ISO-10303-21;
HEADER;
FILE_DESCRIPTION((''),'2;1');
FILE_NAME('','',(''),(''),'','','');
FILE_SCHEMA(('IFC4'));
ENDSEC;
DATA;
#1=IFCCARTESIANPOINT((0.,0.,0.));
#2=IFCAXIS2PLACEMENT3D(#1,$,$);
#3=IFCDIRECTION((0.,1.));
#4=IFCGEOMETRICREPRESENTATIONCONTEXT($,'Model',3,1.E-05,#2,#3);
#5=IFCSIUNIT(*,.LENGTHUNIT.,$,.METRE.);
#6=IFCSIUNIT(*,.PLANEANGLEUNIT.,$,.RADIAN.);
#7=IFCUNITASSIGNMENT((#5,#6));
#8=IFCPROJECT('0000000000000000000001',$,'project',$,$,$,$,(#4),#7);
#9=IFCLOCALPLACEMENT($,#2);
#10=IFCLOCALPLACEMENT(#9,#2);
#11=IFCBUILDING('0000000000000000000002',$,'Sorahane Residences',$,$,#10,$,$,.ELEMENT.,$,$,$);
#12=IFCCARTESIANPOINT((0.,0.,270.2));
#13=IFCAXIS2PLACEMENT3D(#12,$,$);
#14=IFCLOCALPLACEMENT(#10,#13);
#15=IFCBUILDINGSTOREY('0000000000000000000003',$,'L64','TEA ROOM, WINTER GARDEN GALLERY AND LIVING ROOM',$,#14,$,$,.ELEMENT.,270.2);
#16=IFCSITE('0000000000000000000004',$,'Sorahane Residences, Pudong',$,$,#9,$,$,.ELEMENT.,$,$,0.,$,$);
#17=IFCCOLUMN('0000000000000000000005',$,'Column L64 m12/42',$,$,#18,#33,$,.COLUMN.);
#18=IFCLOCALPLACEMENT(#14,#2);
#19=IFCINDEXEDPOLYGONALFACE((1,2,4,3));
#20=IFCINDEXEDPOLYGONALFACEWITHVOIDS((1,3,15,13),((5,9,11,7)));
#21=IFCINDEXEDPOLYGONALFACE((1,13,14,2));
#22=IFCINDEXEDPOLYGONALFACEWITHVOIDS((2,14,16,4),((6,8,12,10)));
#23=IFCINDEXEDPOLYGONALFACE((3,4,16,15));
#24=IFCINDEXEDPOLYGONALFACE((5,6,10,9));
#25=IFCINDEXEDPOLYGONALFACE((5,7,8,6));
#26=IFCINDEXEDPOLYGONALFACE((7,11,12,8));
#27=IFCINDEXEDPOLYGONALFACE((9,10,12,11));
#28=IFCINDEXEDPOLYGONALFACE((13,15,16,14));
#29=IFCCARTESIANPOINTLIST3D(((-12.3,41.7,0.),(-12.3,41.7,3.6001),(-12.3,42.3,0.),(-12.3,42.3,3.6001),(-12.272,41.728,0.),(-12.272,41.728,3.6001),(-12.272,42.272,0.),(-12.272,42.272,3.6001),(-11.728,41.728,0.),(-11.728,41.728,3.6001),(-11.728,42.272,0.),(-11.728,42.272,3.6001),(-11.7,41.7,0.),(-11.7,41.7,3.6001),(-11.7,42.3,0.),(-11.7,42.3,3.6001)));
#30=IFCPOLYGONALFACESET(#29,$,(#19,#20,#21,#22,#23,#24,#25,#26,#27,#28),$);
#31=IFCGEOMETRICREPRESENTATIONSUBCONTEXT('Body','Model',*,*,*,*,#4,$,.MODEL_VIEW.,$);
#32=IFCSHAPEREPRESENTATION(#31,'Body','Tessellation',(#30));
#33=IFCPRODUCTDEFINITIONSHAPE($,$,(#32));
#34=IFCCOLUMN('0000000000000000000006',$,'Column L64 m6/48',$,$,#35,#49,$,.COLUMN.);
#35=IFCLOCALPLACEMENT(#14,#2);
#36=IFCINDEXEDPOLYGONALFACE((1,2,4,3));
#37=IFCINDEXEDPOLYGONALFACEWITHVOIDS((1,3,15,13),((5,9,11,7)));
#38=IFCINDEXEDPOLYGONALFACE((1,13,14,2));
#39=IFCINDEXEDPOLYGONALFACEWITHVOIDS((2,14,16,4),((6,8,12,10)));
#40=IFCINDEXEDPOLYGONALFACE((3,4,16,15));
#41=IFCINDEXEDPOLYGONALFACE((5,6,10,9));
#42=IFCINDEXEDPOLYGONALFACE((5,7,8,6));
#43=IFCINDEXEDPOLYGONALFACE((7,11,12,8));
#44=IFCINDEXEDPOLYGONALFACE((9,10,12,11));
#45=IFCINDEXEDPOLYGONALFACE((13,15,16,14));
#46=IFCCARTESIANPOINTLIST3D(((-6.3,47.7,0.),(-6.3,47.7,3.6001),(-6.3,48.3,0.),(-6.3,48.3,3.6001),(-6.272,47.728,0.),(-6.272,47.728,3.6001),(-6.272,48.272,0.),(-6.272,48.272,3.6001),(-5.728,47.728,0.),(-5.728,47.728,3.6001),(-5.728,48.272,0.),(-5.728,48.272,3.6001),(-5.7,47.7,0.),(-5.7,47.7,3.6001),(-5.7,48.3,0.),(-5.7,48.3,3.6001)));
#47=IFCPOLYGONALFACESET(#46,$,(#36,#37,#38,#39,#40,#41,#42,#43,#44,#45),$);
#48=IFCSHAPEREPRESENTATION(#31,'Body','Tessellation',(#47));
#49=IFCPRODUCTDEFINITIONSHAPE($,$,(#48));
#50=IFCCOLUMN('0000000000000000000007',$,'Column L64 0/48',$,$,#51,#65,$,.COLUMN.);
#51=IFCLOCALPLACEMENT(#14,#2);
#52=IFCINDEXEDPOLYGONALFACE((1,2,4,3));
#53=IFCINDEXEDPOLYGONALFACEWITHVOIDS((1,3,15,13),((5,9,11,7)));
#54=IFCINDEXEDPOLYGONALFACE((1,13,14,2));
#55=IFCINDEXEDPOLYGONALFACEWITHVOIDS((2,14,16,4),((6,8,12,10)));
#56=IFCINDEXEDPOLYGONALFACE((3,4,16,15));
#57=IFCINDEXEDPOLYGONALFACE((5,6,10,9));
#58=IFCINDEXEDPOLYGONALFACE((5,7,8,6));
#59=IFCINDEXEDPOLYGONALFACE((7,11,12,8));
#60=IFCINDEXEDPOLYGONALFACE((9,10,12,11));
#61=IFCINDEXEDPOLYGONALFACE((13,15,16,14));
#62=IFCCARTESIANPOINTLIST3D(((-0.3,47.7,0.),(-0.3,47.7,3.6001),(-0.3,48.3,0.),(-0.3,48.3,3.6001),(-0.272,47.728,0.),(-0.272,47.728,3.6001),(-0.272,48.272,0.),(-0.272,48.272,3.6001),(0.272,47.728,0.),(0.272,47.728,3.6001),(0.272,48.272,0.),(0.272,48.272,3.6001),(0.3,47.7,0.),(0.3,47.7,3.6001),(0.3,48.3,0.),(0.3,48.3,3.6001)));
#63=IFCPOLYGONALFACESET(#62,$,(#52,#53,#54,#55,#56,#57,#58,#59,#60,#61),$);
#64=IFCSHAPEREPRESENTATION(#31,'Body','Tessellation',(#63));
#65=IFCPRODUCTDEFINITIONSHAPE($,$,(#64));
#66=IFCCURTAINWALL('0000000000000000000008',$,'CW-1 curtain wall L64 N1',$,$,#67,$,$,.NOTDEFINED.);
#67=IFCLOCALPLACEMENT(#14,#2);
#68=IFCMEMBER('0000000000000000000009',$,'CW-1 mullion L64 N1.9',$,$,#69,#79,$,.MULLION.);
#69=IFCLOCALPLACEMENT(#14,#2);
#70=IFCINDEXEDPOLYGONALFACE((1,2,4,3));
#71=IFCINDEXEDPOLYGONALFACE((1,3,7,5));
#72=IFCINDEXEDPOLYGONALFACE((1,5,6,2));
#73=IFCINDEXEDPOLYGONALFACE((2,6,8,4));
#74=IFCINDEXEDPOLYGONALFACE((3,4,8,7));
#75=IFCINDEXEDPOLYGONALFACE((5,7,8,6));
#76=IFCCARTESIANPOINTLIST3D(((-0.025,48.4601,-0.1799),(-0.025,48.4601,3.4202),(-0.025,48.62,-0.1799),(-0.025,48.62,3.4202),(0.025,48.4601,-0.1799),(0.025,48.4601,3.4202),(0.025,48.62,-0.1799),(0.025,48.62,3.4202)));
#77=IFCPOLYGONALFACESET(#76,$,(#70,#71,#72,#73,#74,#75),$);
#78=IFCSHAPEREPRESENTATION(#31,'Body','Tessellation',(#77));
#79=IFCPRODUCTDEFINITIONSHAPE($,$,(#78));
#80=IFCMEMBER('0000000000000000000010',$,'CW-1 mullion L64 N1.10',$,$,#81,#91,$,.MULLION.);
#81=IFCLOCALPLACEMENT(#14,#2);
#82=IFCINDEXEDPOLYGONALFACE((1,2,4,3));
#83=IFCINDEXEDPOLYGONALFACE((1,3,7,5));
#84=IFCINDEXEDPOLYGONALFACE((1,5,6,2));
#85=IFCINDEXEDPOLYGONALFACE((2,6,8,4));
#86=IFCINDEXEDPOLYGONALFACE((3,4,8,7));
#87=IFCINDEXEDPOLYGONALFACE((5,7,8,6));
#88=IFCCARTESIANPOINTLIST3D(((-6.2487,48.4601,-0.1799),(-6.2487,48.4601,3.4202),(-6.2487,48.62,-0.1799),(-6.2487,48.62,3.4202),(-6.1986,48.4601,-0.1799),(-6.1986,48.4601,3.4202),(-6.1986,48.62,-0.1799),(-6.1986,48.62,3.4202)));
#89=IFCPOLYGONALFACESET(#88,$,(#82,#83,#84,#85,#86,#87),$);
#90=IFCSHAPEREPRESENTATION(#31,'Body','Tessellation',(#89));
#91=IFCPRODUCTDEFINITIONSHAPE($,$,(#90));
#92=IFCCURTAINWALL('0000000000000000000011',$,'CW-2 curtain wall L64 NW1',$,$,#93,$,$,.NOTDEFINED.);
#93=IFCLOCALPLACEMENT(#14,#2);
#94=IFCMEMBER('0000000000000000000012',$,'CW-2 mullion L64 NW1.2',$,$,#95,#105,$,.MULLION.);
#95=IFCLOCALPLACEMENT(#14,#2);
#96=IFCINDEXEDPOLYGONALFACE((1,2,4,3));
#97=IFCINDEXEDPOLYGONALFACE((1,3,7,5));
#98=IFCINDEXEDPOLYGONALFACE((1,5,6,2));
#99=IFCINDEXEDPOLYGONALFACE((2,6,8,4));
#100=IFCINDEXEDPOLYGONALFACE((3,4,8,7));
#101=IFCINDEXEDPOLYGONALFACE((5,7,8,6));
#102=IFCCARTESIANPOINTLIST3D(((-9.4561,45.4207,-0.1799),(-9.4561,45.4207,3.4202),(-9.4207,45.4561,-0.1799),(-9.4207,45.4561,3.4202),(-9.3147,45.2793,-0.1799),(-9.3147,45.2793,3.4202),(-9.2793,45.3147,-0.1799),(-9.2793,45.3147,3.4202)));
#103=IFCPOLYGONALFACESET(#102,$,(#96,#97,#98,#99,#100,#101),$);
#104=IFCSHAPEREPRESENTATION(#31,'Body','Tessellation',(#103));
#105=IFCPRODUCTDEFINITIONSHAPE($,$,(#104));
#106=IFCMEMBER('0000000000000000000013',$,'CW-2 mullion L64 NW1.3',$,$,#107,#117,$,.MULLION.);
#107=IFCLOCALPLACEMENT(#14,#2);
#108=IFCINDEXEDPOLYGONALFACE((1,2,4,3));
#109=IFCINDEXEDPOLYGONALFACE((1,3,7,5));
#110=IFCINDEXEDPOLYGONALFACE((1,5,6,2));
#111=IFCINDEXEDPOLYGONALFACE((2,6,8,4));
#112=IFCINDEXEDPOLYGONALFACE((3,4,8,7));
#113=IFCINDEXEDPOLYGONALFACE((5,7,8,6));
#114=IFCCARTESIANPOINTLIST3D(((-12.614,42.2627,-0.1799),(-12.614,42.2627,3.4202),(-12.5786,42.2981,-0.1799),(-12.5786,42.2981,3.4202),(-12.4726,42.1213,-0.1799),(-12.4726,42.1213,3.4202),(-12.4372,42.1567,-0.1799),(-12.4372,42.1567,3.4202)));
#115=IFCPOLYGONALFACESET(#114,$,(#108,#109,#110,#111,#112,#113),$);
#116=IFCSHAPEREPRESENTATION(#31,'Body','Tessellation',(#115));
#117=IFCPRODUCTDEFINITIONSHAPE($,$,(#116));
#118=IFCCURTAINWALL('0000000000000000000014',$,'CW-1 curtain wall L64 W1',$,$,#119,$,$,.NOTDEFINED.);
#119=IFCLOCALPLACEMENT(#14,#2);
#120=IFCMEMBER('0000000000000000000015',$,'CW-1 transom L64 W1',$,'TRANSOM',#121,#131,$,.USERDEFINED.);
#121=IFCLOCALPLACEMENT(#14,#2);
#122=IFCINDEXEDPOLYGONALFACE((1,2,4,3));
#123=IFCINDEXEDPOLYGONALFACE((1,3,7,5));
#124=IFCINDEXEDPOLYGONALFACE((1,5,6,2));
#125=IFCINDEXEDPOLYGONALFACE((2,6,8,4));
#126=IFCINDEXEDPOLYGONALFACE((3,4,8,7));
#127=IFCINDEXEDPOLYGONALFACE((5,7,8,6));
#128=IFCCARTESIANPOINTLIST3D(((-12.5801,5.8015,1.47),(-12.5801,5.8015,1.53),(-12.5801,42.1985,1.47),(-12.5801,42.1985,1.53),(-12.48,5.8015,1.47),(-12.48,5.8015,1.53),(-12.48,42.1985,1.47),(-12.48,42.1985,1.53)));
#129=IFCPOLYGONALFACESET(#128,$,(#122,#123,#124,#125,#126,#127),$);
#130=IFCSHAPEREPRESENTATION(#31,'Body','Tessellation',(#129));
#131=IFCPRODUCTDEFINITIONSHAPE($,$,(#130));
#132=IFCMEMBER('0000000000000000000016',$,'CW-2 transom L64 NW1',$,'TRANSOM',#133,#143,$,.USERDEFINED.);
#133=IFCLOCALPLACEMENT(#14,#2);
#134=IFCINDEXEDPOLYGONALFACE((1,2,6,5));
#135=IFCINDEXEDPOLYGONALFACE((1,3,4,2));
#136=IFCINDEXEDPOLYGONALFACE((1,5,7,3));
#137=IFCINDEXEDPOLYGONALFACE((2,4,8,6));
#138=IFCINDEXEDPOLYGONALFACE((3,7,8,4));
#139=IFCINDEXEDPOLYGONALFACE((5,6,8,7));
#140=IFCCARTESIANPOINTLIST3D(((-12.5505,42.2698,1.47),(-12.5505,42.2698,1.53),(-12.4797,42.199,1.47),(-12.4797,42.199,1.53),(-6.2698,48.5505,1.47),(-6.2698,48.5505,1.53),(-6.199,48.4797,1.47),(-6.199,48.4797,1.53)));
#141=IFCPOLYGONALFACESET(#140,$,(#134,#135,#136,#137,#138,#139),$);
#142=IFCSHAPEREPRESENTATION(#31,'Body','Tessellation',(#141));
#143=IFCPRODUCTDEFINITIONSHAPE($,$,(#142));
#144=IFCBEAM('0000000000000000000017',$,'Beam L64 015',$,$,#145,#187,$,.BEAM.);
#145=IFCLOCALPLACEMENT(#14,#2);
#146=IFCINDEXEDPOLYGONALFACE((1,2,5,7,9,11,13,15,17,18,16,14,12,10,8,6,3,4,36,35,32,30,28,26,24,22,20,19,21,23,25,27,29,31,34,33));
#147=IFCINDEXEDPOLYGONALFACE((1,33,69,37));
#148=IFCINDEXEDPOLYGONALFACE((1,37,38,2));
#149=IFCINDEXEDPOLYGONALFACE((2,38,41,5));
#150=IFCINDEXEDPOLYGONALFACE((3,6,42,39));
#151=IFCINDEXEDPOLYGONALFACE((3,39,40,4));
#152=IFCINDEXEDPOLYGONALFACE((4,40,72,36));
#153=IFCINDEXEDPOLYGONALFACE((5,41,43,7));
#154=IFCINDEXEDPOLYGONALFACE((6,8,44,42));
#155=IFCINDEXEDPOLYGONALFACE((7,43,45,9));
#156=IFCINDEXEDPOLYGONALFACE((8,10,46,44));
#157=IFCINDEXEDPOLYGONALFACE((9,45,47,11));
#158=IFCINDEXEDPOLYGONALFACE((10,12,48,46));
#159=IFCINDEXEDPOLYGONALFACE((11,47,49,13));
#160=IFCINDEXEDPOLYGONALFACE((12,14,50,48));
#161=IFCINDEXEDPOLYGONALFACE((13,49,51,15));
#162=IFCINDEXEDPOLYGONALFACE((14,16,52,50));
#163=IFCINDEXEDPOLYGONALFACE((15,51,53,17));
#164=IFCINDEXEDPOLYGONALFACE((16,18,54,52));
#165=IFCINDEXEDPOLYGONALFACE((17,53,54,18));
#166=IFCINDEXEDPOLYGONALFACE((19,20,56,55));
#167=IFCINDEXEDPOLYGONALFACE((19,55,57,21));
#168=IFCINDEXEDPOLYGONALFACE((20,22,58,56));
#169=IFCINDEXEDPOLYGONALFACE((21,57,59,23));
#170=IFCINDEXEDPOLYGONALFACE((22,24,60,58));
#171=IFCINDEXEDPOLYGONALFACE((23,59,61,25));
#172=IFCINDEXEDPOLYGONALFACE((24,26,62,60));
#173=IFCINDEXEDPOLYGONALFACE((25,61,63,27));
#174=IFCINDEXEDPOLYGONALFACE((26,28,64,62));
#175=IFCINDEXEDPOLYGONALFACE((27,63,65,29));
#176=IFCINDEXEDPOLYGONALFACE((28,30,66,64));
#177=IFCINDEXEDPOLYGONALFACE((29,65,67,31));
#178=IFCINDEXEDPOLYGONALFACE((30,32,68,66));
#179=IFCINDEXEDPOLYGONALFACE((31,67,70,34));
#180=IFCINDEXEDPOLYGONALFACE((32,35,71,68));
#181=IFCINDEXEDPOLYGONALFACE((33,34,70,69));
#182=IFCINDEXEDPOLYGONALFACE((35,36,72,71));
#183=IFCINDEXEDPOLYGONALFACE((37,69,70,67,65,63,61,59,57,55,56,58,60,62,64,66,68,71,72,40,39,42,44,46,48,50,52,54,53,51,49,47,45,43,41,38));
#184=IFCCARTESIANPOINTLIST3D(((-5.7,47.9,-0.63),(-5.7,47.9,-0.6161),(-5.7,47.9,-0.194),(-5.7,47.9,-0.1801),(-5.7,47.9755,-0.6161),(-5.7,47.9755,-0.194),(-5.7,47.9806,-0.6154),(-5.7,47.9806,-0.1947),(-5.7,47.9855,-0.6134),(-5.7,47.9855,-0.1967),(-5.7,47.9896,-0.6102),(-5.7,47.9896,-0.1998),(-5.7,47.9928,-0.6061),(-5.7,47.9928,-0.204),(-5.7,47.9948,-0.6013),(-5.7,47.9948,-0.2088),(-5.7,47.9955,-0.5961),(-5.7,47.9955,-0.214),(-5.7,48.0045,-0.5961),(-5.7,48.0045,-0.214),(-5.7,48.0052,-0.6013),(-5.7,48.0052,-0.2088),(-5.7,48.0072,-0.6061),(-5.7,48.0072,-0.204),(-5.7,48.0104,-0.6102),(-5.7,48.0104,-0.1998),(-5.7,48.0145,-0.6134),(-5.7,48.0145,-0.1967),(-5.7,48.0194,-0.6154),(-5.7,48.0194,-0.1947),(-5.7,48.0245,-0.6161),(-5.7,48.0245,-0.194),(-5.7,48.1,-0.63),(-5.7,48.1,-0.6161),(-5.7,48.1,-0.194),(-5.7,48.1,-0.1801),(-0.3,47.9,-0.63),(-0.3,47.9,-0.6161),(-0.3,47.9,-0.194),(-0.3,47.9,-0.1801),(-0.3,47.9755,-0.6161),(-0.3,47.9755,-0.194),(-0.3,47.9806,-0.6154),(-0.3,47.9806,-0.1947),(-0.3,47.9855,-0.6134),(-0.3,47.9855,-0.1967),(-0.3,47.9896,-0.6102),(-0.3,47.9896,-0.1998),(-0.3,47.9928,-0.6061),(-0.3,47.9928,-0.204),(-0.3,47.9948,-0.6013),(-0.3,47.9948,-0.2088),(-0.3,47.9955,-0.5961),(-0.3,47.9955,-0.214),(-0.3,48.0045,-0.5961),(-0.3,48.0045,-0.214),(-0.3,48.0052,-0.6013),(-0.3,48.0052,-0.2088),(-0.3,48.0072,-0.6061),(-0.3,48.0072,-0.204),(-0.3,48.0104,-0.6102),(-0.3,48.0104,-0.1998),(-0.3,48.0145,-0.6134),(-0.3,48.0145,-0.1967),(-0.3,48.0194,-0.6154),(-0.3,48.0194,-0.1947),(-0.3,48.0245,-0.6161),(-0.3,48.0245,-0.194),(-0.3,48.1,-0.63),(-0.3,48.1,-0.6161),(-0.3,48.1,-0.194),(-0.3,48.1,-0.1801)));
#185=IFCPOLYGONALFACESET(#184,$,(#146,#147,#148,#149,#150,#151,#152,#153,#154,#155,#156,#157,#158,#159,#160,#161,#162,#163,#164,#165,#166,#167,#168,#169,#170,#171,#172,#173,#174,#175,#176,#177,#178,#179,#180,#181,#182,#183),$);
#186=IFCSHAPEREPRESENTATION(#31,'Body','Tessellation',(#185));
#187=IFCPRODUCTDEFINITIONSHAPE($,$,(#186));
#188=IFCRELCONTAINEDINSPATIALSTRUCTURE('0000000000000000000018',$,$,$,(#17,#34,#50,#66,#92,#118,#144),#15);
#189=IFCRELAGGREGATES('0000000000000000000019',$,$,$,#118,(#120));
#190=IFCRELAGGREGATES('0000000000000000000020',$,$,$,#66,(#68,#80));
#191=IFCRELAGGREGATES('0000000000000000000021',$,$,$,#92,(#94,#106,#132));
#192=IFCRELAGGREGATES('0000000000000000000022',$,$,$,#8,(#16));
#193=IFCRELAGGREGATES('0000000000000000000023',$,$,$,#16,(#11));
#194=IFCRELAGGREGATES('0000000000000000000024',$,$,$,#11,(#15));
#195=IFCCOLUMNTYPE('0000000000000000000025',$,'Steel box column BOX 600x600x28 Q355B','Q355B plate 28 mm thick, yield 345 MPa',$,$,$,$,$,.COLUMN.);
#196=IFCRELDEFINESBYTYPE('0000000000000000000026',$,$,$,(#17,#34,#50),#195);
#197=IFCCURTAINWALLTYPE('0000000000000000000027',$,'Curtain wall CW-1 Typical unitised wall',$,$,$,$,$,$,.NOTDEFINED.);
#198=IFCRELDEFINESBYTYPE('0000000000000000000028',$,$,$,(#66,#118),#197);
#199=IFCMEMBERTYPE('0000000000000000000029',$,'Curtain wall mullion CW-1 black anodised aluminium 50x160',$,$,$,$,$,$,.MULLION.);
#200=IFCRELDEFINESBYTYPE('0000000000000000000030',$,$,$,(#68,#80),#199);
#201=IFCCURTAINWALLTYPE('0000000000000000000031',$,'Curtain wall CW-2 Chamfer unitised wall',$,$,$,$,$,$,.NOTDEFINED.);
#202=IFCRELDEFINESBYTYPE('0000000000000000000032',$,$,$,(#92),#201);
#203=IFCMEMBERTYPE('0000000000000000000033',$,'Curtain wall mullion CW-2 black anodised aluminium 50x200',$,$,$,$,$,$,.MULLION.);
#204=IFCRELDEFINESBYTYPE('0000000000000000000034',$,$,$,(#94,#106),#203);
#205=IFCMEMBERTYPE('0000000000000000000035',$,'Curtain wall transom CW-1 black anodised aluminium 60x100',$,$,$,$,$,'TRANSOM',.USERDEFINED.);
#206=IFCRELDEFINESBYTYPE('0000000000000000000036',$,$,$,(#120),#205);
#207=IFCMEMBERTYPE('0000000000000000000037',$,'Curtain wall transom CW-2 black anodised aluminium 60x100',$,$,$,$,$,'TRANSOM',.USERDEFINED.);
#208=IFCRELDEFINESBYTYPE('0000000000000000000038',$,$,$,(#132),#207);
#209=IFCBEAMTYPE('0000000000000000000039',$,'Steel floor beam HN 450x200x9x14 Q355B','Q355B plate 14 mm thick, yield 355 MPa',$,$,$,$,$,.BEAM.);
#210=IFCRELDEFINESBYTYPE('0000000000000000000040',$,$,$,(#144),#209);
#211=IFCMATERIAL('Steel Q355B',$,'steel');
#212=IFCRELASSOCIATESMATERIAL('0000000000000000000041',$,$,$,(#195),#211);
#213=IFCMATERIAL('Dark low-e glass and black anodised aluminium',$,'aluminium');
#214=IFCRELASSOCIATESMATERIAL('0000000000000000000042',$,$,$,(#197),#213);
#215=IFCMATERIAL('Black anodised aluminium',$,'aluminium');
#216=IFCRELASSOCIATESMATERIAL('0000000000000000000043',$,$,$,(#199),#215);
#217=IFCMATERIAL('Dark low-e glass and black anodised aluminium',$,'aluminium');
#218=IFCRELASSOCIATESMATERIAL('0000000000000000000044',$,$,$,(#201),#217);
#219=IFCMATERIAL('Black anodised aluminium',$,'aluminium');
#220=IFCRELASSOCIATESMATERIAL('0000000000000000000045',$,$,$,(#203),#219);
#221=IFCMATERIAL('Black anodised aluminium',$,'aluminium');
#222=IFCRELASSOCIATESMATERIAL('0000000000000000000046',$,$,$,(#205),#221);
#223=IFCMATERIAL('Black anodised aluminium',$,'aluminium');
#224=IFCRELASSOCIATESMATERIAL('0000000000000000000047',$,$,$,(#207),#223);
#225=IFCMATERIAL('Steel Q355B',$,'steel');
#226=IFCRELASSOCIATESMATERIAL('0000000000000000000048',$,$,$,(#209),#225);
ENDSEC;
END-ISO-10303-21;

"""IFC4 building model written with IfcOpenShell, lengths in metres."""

from ifc_helpers import new_model, si_unit, direction, frame, origin, origin_2d, place, context, subcontext, project, spatial, rectangle, hollow_rectangle, i_section, extrude, material, material_profile, profile_set, type_object, element, aggregate, save


model = new_model("IFC4")

# Units and contexts
model_context = context("Model", 3, precision=1e-05, world=origin(), true_north=direction((0.0, 1.0)))
body_context = subcontext(model_context, "Body", "Model", "MODEL_VIEW")
ifc_project = project(units=[si_unit("LENGTHUNIT", "METRE"), si_unit("PLANEANGLEUNIT", "RADIAN")], contexts=[model_context])

# Site, building, storey
site_placement = place(None, origin())
site = spatial("IfcSite", under=ifc_project, at=site_placement, Name="Sorahane Residences, Pudong", CompositionType="ELEMENT", RefElevation=0.0)
building_placement = place(site_placement, origin())
building = spatial("IfcBuilding", under=site, at=building_placement, Name="Sorahane Residences", CompositionType="ELEMENT")
storey_placement = place(building_placement, frame((0.0, 0.0, 270.2)))
storey = spatial("IfcBuildingStorey", under=building, at=storey_placement, Name="L64", Description="TEA ROOM, WINTER GARDEN GALLERY AND LIVING ROOM", CompositionType="ELEMENT", Elevation=270.2)

# Columns
ifc_material_1 = material(Name="Steel Q355B", Category="steel")
ifc_material_profile_1 = material_profile(ifc_material_1, hollow_rectangle(XDim=0.6001, YDim=0.6001, WallThickness=0.0281, at=origin_2d()), Name="BOX 600x600x28")
ifc_profile_set_1 = profile_set([ifc_material_profile_1], Name="Steel Q355B")
column_type = type_object("IfcColumnType", Name="Steel box column BOX 600x600x28 Q355B", Description="Q355B plate 28 mm thick, yield 345 MPa", PredefinedType="COLUMN", material=ifc_profile_set_1)
for number, where, z_axis, x_axis, name in (
    (1, (-12.0, 42.0, 0.0), (0.0, 0.0, 1.0), (1.0, 0.0, 0.0), "Column L64 m12/42"),
    (2, (-6.0, 48.0, 0.0), (0.0, 0.0, 1.0), (1.0, 0.0, 0.0), "Column L64 m6/48"),
    (3, (0.0, 48.0, 0.0), (0.0, 0.0, 1.0), (1.0, 0.0, 0.0), "Column L64 0/48"),
):
    element("IfcColumn", number, at=place(storey_placement, frame(where, z_axis=z_axis, x_axis=x_axis)), inside=storey, type_object=column_type, Name=name, PredefinedType="COLUMN", context=body_context, shape_type="SweptSolid", body=[
        extrude(hollow_rectangle(XDim=0.6001, YDim=0.6001, WallThickness=0.0281, at=origin_2d()), origin(), (0.0, 0.0, 1.0), 3.6001),
    ])

# Curtain walls, members
ifc_material_2 = material(Name="Dark low-e glass and black anodised aluminium", Category="aluminium")
curtain_wall_type_1 = type_object("IfcCurtainWallType", Name="Curtain wall CW-1 Typical unitised wall", PredefinedType="NOTDEFINED", material=ifc_material_2)
curtain_wall_1_placement = place(storey_placement, origin())
curtain_wall_1 = element("IfcCurtainWall", 4, at=curtain_wall_1_placement, inside=storey, type_object=curtain_wall_type_1, Name="CW-1 curtain wall L64 N1", PredefinedType="NOTDEFINED")
ifc_material_3 = material(Name="Black anodised aluminium", Category="aluminium")
ifc_material_profile_2 = material_profile(ifc_material_3, rectangle(XDim=0.1599, YDim=0.05, at=origin_2d()), Name="Curtain wall mullion CW-1 black anodised aluminium 50x160")
ifc_profile_set_2 = profile_set([ifc_material_profile_2], Name="Black anodised aluminium")
member_type_1 = type_object("IfcMemberType", Name="Curtain wall mullion CW-1 black anodised aluminium 50x160", PredefinedType="MULLION", material=ifc_profile_set_2)
member_1_placement = place(storey_placement, frame((0.0, 48.54, -0.1799), z_axis=(0.0, 0.0, 1.0), x_axis=(0.0, 1.0, 0.0)))
member_1 = element("IfcMember", 5, at=member_1_placement, type_object=member_type_1, Name="CW-1 mullion L64 N1.9", PredefinedType="MULLION", context=body_context, shape_type="SweptSolid", body=[
    extrude(rectangle(XDim=0.1599, YDim=0.05, at=origin_2d()), origin(), (0.0, 0.0, 1.0), 3.6001),
])
member_2_placement = place(storey_placement, frame((-6.2236, 48.54, -0.1799), z_axis=(0.0, 0.0, 1.0), x_axis=(0.0, 1.0, 0.0)))
member_2 = element("IfcMember", 6, at=member_2_placement, type_object=member_type_1, Name="CW-1 mullion L64 N1.10", PredefinedType="MULLION", context=body_context, shape_type="SweptSolid", body=[
    extrude(rectangle(XDim=0.1599, YDim=0.05, at=origin_2d()), origin(), (0.0, 0.0, 1.0), 3.6001),
])
ifc_material_4 = material(Name="Dark low-e glass and black anodised aluminium", Category="aluminium")
curtain_wall_type_2 = type_object("IfcCurtainWallType", Name="Curtain wall CW-2 Chamfer unitised wall", PredefinedType="NOTDEFINED", material=ifc_material_4)
curtain_wall_2_placement = place(storey_placement, origin())
curtain_wall_2 = element("IfcCurtainWall", 7, at=curtain_wall_2_placement, inside=storey, type_object=curtain_wall_type_2, Name="CW-2 curtain wall L64 NW1", PredefinedType="NOTDEFINED")
ifc_material_5 = material(Name="Black anodised aluminium", Category="aluminium")
ifc_material_profile_3 = material_profile(ifc_material_5, rectangle(XDim=0.2, YDim=0.05, at=origin_2d()), Name="Curtain wall mullion CW-2 black anodised aluminium 50x200")
ifc_profile_set_3 = profile_set([ifc_material_profile_3], Name="Black anodised aluminium")
member_type_2 = type_object("IfcMemberType", Name="Curtain wall mullion CW-2 black anodised aluminium 50x200", PredefinedType="MULLION", material=ifc_profile_set_3)
member_3_placement = place(storey_placement, frame((-9.3677, 45.3677, -0.1799), z_axis=(0.0, 0.0, 1.0), x_axis=(-0.707107, 0.707107, 0.0)))
member_3 = element("IfcMember", 8, at=member_3_placement, type_object=member_type_2, Name="CW-2 mullion L64 NW1.2", PredefinedType="MULLION", context=body_context, shape_type="SweptSolid", body=[
    extrude(rectangle(XDim=0.2, YDim=0.05, at=origin_2d()), origin(), (0.0, 0.0, 1.0), 3.6001),
])
member_4_placement = place(storey_placement, frame((-12.5256, 42.2097, -0.1799), z_axis=(0.0, 0.0, 1.0), x_axis=(-0.707107, 0.707107, 0.0)))
member_4 = element("IfcMember", 9, at=member_4_placement, type_object=member_type_2, Name="CW-2 mullion L64 NW1.3", PredefinedType="MULLION", context=body_context, shape_type="SweptSolid", body=[
    extrude(rectangle(XDim=0.2, YDim=0.05, at=origin_2d()), origin(), (0.0, 0.0, 1.0), 3.6001),
])

# Curtain wall, member
curtain_wall_3_placement = place(storey_placement, origin())
curtain_wall_3 = element("IfcCurtainWall", 10, at=curtain_wall_3_placement, inside=storey, type_object=curtain_wall_type_1, Name="CW-1 curtain wall L64 W1", PredefinedType="NOTDEFINED")
ifc_material_6 = material(Name="Black anodised aluminium", Category="aluminium")
ifc_material_profile_4 = material_profile(ifc_material_6, rectangle(XDim=0.1001, YDim=0.0601, at=origin_2d()), Name="Curtain wall transom CW-1 black anodised aluminium 60x100")
ifc_profile_set_4 = profile_set([ifc_material_profile_4], Name="Black anodised aluminium")
member_type_3 = type_object("IfcMemberType", Name="Curtain wall transom CW-1 black anodised aluminium 60x100", ElementType="TRANSOM", PredefinedType="USERDEFINED", material=ifc_profile_set_4)
member_5_placement = place(storey_placement, frame((-12.53, 42.1985, 1.5), z_axis=(0.0, -1.0, 0.0), x_axis=(1.0, 0.0, 0.0)))
member_5 = element("IfcMember", 11, at=member_5_placement, type_object=member_type_3, Name="CW-1 transom L64 W1", ObjectType="TRANSOM", PredefinedType="USERDEFINED", context=body_context, shape_type="SweptSolid", body=[
    extrude(rectangle(XDim=0.1001, YDim=0.0601, at=origin_2d()), origin(), (0.0, 0.0, 1.0), 36.397),
])
aggregate(curtain_wall_3, [member_5])

# Member
ifc_material_7 = material(Name="Black anodised aluminium", Category="aluminium")
ifc_material_profile_5 = material_profile(ifc_material_7, rectangle(XDim=0.1001, YDim=0.0601, at=origin_2d()), Name="Curtain wall transom CW-2 black anodised aluminium 60x100")
ifc_profile_set_5 = profile_set([ifc_material_profile_5], Name="Black anodised aluminium")
member_type_4 = type_object("IfcMemberType", Name="Curtain wall transom CW-2 black anodised aluminium 60x100", ElementType="TRANSOM", PredefinedType="USERDEFINED", material=ifc_profile_set_5)
member_6_placement = place(storey_placement, frame((-6.2344, 48.5151, 1.5), z_axis=(-0.707107, -0.707107, 0.0), x_axis=(0.707107, -0.707107, 0.0)))
member_6 = element("IfcMember", 12, at=member_6_placement, type_object=member_type_4, Name="CW-2 transom L64 NW1", ObjectType="TRANSOM", PredefinedType="USERDEFINED", context=body_context, shape_type="SweptSolid", body=[
    extrude(rectangle(XDim=0.1001, YDim=0.0601, at=origin_2d()), origin(), (0.0, 0.0, 1.0), 8.8823),
])

# Beam
ifc_material_8 = material(Name="Steel Q355B", Category="steel")
ifc_material_profile_6 = material_profile(ifc_material_8, i_section(OverallWidth=0.2, OverallDepth=0.45, WebThickness=0.009, FlangeThickness=0.0139, FilletRadius=0.02, at=origin_2d()), Name="HN 450x200x9x14")
ifc_profile_set_6 = profile_set([ifc_material_profile_6], Name="Steel Q355B")
beam_type_1 = type_object("IfcBeamType", Name="Steel floor beam HN 450x200x9x14 Q355B", Description="Q355B plate 14 mm thick, yield 355 MPa", PredefinedType="BEAM", material=ifc_profile_set_6)
beam_1_placement = place(storey_placement, frame((-5.7, 48.0, -0.405), z_axis=(1.0, 0.0, 0.0), x_axis=(0.0, 1.0, 0.0)))
element("IfcBeam", 13, at=beam_1_placement, inside=storey, type_object=beam_type_1, Name="Beam L64 015", PredefinedType="BEAM", context=body_context, shape_type="SweptSolid", body=[
    extrude(i_section(OverallWidth=0.2, OverallDepth=0.45, WebThickness=0.009, FlangeThickness=0.0139, FilletRadius=0.02, at=origin_2d()), origin(), (0.0, 0.0, 1.0), 5.3999),
])

aggregate(curtain_wall_1, [member_1, member_2])
aggregate(curtain_wall_2, [member_3, member_4, member_6])

save(model, "model.ifc")
